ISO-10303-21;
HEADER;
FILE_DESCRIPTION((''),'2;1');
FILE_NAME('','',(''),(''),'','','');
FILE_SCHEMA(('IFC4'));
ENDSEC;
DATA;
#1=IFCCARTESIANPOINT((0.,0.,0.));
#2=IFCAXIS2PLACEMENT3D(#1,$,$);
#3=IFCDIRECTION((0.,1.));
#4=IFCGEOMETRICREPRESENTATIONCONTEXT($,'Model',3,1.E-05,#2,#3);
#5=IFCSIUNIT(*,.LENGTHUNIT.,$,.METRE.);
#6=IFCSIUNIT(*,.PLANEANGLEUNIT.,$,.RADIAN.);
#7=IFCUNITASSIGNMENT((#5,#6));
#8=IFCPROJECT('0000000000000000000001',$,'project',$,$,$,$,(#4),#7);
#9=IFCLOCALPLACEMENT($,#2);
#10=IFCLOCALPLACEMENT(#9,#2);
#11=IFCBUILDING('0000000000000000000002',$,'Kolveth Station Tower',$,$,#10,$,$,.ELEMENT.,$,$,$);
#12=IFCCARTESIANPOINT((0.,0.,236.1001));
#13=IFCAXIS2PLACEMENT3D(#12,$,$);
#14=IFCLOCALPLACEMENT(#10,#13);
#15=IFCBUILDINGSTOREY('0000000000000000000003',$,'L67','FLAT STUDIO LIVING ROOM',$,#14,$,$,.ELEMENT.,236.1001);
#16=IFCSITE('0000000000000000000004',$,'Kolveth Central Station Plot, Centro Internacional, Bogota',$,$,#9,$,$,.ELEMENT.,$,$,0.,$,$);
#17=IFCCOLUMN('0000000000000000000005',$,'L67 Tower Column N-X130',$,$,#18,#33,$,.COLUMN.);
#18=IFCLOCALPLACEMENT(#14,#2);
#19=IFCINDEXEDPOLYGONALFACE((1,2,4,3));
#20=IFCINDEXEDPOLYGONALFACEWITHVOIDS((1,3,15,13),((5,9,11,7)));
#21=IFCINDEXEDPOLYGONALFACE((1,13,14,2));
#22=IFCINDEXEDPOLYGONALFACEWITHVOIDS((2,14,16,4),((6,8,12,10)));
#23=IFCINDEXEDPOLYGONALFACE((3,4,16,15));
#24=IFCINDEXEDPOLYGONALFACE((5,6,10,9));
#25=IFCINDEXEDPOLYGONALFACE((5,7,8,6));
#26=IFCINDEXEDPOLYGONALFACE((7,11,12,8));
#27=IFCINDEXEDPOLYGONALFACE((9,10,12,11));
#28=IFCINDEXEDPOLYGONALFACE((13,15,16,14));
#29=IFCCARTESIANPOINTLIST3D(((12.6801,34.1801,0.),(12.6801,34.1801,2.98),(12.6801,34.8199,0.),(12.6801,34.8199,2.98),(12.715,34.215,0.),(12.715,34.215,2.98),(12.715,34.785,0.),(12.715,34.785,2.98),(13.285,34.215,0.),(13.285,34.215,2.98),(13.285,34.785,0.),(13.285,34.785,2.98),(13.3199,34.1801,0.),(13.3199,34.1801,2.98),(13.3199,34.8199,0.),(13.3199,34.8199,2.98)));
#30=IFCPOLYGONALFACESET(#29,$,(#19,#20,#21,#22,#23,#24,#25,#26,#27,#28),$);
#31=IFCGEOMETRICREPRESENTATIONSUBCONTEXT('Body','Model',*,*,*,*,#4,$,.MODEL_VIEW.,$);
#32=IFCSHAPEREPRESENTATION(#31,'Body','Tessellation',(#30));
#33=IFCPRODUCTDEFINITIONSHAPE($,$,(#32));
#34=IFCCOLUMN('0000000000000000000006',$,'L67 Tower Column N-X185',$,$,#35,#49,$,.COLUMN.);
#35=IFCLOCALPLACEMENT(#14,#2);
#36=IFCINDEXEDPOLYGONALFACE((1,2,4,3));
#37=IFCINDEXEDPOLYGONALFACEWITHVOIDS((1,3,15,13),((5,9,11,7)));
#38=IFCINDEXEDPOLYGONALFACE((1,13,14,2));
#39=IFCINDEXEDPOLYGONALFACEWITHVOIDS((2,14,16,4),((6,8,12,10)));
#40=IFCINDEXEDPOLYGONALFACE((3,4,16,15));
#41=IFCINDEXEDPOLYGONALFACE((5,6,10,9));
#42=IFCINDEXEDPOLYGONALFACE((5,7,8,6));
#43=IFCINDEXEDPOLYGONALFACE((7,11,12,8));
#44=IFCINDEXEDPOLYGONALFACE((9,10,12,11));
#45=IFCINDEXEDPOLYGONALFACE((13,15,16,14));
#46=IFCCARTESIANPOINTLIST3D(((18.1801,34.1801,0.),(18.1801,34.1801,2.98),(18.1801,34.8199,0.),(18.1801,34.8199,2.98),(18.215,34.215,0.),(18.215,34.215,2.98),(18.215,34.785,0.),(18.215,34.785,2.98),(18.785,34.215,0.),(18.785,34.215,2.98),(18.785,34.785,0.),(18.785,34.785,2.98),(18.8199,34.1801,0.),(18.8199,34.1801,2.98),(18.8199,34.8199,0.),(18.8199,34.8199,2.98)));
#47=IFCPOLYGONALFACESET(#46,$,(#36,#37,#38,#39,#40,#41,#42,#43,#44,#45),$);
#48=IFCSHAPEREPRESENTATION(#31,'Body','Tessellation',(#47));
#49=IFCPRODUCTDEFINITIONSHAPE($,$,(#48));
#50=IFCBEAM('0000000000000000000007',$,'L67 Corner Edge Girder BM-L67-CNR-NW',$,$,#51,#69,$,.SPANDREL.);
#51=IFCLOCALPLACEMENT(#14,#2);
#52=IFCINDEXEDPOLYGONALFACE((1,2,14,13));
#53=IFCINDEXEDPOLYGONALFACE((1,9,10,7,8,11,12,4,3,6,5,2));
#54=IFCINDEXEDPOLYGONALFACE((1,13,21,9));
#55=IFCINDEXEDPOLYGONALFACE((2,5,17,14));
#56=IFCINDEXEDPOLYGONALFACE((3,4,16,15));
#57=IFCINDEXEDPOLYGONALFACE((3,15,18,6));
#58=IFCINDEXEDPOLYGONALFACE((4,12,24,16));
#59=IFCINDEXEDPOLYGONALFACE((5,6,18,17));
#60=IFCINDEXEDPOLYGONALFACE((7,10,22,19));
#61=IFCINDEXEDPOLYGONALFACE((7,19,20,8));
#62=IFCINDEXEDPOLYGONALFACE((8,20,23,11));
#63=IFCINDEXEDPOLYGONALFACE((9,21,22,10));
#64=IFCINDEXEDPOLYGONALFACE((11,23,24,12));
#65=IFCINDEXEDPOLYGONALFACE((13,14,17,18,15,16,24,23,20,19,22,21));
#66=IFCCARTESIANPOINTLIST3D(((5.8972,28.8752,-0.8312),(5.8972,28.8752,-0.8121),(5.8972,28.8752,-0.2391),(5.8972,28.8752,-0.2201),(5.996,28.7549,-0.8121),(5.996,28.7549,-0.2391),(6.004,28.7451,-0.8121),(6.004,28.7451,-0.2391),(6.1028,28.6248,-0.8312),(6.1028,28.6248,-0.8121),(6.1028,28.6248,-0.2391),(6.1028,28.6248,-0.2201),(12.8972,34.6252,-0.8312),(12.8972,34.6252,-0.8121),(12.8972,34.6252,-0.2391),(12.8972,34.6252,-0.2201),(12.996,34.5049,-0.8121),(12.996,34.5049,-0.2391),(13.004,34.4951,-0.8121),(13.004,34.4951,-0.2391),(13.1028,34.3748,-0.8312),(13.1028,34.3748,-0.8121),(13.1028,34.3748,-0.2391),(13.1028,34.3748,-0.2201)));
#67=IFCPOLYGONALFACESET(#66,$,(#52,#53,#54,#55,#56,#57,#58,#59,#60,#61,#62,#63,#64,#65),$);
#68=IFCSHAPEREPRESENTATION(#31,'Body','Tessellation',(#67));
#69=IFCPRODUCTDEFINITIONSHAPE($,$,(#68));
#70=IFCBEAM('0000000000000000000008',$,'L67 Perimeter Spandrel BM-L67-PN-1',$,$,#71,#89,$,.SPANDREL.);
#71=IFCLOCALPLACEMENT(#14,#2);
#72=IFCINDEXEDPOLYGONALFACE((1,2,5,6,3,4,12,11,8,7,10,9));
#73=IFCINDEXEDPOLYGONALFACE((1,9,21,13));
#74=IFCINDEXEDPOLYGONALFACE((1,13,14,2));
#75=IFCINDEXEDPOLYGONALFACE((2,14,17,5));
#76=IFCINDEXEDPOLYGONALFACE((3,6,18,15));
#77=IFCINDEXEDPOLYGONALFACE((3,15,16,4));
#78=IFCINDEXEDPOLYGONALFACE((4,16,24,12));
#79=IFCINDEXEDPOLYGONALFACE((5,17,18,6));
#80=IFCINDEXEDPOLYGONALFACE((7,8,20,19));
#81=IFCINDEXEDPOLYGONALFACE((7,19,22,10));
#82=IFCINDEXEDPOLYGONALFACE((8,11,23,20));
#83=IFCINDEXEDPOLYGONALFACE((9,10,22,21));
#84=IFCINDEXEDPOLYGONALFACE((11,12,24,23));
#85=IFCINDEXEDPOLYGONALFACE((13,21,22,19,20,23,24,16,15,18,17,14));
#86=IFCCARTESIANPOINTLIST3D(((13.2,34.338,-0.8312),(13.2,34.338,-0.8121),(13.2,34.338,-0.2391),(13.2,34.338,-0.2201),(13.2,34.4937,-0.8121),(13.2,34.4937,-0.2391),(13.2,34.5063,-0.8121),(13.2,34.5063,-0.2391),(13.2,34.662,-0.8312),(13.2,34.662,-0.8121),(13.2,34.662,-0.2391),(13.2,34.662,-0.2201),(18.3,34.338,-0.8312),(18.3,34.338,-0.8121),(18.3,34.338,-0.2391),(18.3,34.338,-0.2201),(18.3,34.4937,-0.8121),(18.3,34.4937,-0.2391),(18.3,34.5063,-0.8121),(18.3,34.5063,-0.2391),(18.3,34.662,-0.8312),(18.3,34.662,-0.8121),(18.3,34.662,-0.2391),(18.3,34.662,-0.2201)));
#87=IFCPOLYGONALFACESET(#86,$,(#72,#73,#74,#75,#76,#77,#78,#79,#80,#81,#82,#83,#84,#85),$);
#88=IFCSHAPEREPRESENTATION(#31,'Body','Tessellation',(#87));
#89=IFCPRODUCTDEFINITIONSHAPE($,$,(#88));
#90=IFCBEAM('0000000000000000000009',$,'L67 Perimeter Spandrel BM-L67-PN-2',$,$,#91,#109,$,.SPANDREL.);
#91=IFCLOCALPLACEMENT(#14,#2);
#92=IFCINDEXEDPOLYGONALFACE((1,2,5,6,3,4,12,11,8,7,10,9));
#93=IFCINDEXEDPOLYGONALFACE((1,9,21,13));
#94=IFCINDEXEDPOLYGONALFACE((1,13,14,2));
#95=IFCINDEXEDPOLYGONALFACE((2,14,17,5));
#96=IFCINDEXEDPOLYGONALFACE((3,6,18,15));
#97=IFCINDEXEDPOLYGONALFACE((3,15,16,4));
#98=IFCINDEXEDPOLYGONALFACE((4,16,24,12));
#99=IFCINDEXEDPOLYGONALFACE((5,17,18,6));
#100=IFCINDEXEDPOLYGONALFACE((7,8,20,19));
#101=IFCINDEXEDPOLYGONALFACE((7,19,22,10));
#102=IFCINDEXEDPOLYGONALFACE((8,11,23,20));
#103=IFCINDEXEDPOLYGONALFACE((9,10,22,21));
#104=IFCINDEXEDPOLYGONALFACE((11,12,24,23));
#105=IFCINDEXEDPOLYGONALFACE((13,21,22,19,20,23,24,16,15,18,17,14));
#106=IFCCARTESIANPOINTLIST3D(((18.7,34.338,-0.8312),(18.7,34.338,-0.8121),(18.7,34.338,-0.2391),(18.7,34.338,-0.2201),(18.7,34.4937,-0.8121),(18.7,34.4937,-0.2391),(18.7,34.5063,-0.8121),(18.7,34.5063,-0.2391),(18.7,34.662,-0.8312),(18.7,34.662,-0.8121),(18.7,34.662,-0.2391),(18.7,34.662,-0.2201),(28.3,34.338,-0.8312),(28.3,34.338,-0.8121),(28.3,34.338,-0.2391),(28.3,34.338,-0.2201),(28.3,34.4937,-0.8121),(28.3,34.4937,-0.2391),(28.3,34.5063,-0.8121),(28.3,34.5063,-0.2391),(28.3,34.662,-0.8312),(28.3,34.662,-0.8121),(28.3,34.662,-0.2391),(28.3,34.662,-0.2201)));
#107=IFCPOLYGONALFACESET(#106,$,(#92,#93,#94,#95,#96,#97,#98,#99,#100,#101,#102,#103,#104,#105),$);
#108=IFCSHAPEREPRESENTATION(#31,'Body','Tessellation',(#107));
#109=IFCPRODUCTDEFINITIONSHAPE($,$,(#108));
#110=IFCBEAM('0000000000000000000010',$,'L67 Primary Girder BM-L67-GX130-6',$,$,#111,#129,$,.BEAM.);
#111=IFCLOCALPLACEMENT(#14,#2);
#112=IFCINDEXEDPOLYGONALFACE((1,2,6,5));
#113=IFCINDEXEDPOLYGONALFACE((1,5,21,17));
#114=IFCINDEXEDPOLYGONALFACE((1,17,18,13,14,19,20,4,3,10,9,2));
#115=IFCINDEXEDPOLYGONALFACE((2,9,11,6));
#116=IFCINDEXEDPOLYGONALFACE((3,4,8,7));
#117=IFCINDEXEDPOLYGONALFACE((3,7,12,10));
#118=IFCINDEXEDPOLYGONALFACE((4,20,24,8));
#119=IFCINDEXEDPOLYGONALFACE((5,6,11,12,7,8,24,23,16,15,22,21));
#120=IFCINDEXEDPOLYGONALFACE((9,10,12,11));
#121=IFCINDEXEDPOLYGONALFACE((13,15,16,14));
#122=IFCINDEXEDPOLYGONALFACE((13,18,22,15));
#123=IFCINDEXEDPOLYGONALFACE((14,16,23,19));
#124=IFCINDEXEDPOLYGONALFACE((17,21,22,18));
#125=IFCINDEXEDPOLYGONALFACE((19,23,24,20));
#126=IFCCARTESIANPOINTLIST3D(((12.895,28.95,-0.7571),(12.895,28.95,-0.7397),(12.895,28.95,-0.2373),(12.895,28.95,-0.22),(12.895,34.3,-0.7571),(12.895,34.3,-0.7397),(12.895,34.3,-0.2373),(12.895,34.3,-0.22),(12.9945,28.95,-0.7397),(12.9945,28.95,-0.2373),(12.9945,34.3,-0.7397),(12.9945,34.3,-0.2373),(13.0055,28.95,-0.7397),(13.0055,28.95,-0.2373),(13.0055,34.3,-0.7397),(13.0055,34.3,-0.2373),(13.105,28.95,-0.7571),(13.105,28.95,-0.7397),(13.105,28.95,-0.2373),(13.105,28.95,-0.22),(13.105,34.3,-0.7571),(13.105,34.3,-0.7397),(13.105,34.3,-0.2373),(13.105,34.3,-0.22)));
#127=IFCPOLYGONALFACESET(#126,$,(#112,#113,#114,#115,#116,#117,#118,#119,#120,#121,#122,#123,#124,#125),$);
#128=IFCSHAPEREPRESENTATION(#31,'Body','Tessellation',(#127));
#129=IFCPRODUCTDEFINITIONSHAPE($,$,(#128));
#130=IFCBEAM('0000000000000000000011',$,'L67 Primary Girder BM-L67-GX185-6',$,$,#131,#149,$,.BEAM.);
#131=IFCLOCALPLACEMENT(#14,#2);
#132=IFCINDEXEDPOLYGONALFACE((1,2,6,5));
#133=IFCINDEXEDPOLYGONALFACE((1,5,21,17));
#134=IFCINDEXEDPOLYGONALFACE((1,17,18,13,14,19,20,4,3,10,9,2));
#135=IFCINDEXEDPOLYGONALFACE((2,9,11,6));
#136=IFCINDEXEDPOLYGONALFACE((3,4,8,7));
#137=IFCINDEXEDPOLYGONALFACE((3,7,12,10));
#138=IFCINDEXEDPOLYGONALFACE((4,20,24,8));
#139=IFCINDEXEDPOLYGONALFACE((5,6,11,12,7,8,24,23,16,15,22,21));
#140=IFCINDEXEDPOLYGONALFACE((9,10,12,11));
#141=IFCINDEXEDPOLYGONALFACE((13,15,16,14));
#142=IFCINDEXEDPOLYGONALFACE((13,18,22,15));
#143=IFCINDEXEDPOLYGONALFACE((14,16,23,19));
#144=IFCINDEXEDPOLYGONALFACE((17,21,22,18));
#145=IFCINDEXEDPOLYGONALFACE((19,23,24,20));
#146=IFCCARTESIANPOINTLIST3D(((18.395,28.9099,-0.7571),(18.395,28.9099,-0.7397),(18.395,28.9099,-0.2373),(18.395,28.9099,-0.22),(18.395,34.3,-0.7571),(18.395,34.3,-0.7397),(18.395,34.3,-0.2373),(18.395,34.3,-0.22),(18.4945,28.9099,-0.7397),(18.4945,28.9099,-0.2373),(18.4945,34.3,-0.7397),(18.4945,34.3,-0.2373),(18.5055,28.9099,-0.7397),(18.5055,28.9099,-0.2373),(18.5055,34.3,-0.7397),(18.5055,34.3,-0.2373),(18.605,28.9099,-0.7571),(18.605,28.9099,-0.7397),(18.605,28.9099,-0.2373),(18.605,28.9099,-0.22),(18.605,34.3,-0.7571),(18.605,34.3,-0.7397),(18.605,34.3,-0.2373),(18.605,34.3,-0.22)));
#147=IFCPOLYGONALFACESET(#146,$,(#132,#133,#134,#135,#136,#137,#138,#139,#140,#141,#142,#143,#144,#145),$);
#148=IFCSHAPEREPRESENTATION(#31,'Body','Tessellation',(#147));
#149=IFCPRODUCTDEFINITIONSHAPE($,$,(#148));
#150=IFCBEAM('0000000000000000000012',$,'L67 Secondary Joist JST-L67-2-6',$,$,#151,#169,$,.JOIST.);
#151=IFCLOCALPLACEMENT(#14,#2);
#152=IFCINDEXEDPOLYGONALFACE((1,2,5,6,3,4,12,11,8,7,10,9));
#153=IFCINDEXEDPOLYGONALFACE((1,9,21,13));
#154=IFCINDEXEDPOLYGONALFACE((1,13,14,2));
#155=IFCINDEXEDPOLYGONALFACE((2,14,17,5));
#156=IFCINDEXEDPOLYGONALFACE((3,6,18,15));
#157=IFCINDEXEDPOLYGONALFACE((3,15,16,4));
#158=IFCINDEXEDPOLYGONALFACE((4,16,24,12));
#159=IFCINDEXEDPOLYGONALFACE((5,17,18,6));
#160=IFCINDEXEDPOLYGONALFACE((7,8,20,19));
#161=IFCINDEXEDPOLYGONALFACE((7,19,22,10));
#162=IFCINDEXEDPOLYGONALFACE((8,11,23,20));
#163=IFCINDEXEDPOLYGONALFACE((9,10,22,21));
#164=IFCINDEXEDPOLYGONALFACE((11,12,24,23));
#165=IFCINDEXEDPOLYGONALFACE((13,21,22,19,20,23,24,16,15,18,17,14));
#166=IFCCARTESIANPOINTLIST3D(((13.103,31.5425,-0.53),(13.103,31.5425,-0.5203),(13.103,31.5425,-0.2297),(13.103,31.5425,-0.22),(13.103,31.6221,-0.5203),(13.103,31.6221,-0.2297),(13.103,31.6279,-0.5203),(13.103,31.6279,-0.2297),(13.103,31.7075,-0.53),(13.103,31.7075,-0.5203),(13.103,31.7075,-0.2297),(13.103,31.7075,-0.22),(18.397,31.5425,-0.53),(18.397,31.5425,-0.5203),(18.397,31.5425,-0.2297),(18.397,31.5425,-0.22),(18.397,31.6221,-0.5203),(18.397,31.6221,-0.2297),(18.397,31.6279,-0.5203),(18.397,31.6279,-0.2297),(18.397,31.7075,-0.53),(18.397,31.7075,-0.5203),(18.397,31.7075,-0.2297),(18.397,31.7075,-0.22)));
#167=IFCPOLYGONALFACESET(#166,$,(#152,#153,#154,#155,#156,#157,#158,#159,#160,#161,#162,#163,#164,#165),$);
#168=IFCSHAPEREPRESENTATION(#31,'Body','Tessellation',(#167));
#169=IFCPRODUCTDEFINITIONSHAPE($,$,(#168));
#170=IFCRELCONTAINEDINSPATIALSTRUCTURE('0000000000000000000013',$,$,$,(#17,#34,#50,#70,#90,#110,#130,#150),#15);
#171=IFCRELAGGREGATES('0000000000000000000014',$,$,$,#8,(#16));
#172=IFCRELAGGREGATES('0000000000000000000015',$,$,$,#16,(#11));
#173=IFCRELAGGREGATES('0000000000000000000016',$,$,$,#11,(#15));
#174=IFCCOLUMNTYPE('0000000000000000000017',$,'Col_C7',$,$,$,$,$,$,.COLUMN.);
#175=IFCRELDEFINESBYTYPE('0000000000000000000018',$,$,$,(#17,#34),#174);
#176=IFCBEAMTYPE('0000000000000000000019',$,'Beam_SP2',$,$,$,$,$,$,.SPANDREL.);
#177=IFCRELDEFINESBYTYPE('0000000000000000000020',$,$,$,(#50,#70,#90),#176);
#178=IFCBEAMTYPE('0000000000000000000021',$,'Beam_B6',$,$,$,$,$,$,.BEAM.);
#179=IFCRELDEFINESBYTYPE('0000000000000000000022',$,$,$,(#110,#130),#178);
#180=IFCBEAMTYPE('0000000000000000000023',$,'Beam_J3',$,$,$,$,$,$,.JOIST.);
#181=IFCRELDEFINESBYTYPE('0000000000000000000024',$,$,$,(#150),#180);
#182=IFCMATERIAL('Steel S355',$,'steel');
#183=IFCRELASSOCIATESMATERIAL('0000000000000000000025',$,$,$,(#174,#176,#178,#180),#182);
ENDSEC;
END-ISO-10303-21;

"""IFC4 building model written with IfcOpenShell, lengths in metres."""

from ifc_helpers import new_model, si_unit, direction, frame, origin, origin_2d, place, context, subcontext, project, spatial, hollow_rectangle, i_section, extrude, source, transform, mapped, material, material_profile, profile_set, type_object, element, save


model = new_model("IFC4")

# Units and contexts
model_context = context("Model", 3, precision=1e-05, world=origin(), true_north=direction((0.0, 1.0)))
body_context = subcontext(model_context, "Body", "Model", "MODEL_VIEW")
ifc_project = project(units=[si_unit("LENGTHUNIT", "METRE"), si_unit("PLANEANGLEUNIT", "RADIAN")], contexts=[model_context])

# Site, building, storey
site_placement = place(None, origin())
site = spatial("IfcSite", under=ifc_project, at=site_placement, Name="Kolveth Central Station Plot, Centro Internacional, Bogota", CompositionType="ELEMENT", RefElevation=0.0)
building_placement = place(site_placement, origin())
building = spatial("IfcBuilding", under=site, at=building_placement, Name="Kolveth Station Tower", CompositionType="ELEMENT")
storey_placement = place(building_placement, frame((0.0, 0.0, 236.1001)))
storey = spatial("IfcBuildingStorey", under=building, at=storey_placement, Name="L67", Description="FLAT STUDIO LIVING ROOM", CompositionType="ELEMENT", Elevation=236.1001)

# Columns
ifc_material_1 = material(Name="Steel S355", Category="steel")
ifc_material_profile_1 = material_profile(ifc_material_1, hollow_rectangle(XDim=0.6399, YDim=0.6399, WallThickness=0.0349, at=origin_2d()), Name="BOX640x640x35")
ifc_profile_set_1 = profile_set([ifc_material_profile_1], Name="Steel S355")
column_type = type_object("IfcColumnType", Name="Col_C7", PredefinedType="COLUMN", material=ifc_profile_set_1)
shared_shape_1 = source(origin(), body_context, "Body", "SweptSolid", [
    extrude(hollow_rectangle(XDim=0.6399, YDim=0.6399, WallThickness=0.0349, at=origin_2d()), origin(), (0.0, 0.0, 1.0), 2.98),
])
for number, where, z_axis, x_axis, name in (
    (1, (13.0, 34.5, 0.0), (0.0, 0.0, 1.0), (1.0, 0.0, 0.0), "L67 Tower Column N-X130"),
    (2, (18.5, 34.5, 0.0), (0.0, 0.0, 1.0), (1.0, 0.0, 0.0), "L67 Tower Column N-X185"),
):
    element("IfcColumn", number, at=place(storey_placement, frame(where, z_axis=z_axis, x_axis=x_axis)), inside=storey, type_object=column_type, Name=name, PredefinedType="COLUMN", context=body_context, shape_type="MappedRepresentation", body=[
        mapped(shared_shape_1, transform((0.0, 0.0, 0.0), x_axis=(1.0, 0.0, 0.0), y_axis=(0.0, 1.0, 0.0), z_axis=(0.0, 0.0, 1.0), scale=1.0)),
    ])

# Beams
ifc_material_profile_2 = material_profile(ifc_material_1, i_section(OverallWidth=0.324, OverallDepth=0.6111, WebThickness=0.0127, FlangeThickness=0.019, at=origin_2d()), Name="W610x155")
ifc_profile_set_2 = profile_set([ifc_material_profile_2], Name="Steel S355")
beam_type_1 = type_object("IfcBeamType", Name="Beam_SP2", PredefinedType="SPANDREL", material=ifc_profile_set_2)
shared_shape_2 = source(origin(), body_context, "Body", "SweptSolid", [
    extrude(i_section(OverallWidth=0.324, OverallDepth=0.6111, WebThickness=0.0127, FlangeThickness=0.019, at=origin_2d()), origin(), (0.0, 0.0, 1.0), 9.0588),
])
beam_1_placement = place(storey_placement, frame((13.0, 34.5, -0.5256), z_axis=(-0.772726, -0.634739, 0.0), x_axis=(0.634739, -0.772726, 0.0)))
element("IfcBeam", 3, at=beam_1_placement, inside=storey, type_object=beam_type_1, Name="L67 Corner Edge Girder BM-L67-CNR-NW", PredefinedType="SPANDREL", context=body_context, shape_type="MappedRepresentation", body=[
    mapped(shared_shape_2, transform((0.0, 0.0, 0.0), x_axis=(1.0, 0.0, 0.0), y_axis=(0.0, 1.0, 0.0), z_axis=(0.0, 0.0, 1.0), scale=1.0)),
])
shared_shape_3 = source(origin(), body_context, "Body", "SweptSolid", [
    extrude(i_section(OverallWidth=0.324, OverallDepth=0.6111, WebThickness=0.0127, FlangeThickness=0.019, at=origin_2d()), origin(), (0.0, 0.0, 1.0), 5.1001),
])
beam_2_placement = place(storey_placement, frame((13.2, 34.5, -0.5256), z_axis=(1.0, 0.0, 0.0), x_axis=(0.0, 1.0, 0.0)))
element("IfcBeam", 4, at=beam_2_placement, inside=storey, type_object=beam_type_1, Name="L67 Perimeter Spandrel BM-L67-PN-1", PredefinedType="SPANDREL", context=body_context, shape_type="MappedRepresentation", body=[
    mapped(shared_shape_3, transform((0.0, 0.0, 0.0), x_axis=(1.0, 0.0, 0.0), y_axis=(0.0, 1.0, 0.0), z_axis=(0.0, 0.0, 1.0), scale=1.0)),
])
shared_shape_4 = source(origin(), body_context, "Body", "SweptSolid", [
    extrude(i_section(OverallWidth=0.324, OverallDepth=0.6111, WebThickness=0.0127, FlangeThickness=0.019, at=origin_2d()), origin(), (0.0, 0.0, 1.0), 9.6001),
])
beam_3_placement = place(storey_placement, frame((18.7, 34.5, -0.5256), z_axis=(1.0, 0.0, 0.0), x_axis=(0.0, 1.0, 0.0)))
element("IfcBeam", 5, at=beam_3_placement, inside=storey, type_object=beam_type_1, Name="L67 Perimeter Spandrel BM-L67-PN-2", PredefinedType="SPANDREL", context=body_context, shape_type="MappedRepresentation", body=[
    mapped(shared_shape_4, transform((0.0, 0.0, 0.0), x_axis=(1.0, 0.0, 0.0), y_axis=(0.0, 1.0, 0.0), z_axis=(0.0, 0.0, 1.0), scale=1.0)),
])
ifc_material_profile_3 = material_profile(ifc_material_1, i_section(OverallWidth=0.21, OverallDepth=0.5371, WebThickness=0.011, FlangeThickness=0.0173, at=origin_2d()), Name="W530x101")
ifc_profile_set_3 = profile_set([ifc_material_profile_3], Name="Steel S355")
beam_type_2 = type_object("IfcBeamType", Name="Beam_B6", PredefinedType="BEAM", material=ifc_profile_set_3)
shared_shape_5 = source(origin(), body_context, "Body", "SweptSolid", [
    extrude(i_section(OverallWidth=0.21, OverallDepth=0.5371, WebThickness=0.011, FlangeThickness=0.0173, at=origin_2d()), origin(), (0.0, 0.0, 1.0), 5.3501),
])
beam_4_placement = place(storey_placement, frame((13.0, 28.95, -0.4885), z_axis=(0.0, 1.0, 0.0), x_axis=(-1.0, 0.0, 0.0)))
element("IfcBeam", 6, at=beam_4_placement, inside=storey, type_object=beam_type_2, Name="L67 Primary Girder BM-L67-GX130-6", PredefinedType="BEAM", context=body_context, shape_type="MappedRepresentation", body=[
    mapped(shared_shape_5, transform((0.0, 0.0, 0.0), x_axis=(1.0, 0.0, 0.0), y_axis=(0.0, 1.0, 0.0), z_axis=(0.0, 0.0, 1.0), scale=1.0)),
])
shared_shape_6 = source(origin(), body_context, "Body", "SweptSolid", [
    extrude(i_section(OverallWidth=0.21, OverallDepth=0.5371, WebThickness=0.011, FlangeThickness=0.0173, at=origin_2d()), origin(), (0.0, 0.0, 1.0), 5.3901),
])
beam_5_placement = place(storey_placement, frame((18.5, 28.9099, -0.4885), z_axis=(0.0, 1.0, 0.0), x_axis=(-1.0, 0.0, 0.0)))
element("IfcBeam", 7, at=beam_5_placement, inside=storey, type_object=beam_type_2, Name="L67 Primary Girder BM-L67-GX185-6", PredefinedType="BEAM", context=body_context, shape_type="MappedRepresentation", body=[
    mapped(shared_shape_6, transform((0.0, 0.0, 0.0), x_axis=(1.0, 0.0, 0.0), y_axis=(0.0, 1.0, 0.0), z_axis=(0.0, 0.0, 1.0), scale=1.0)),
])
ifc_material_profile_4 = material_profile(ifc_material_1, i_section(OverallWidth=0.165, OverallDepth=0.3101, WebThickness=0.0059, FlangeThickness=0.0098, at=origin_2d()), Name="W310x39")
ifc_profile_set_4 = profile_set([ifc_material_profile_4], Name="Steel S355")
beam_type_3 = type_object("IfcBeamType", Name="Beam_J3", PredefinedType="JOIST", material=ifc_profile_set_4)
shared_shape_7 = source(origin(), body_context, "Body", "SweptSolid", [
    extrude(i_section(OverallWidth=0.165, OverallDepth=0.3101, WebThickness=0.0059, FlangeThickness=0.0098, at=origin_2d()), origin(), (0.0, 0.0, 1.0), 5.2939),
])
beam_6_placement = place(storey_placement, frame((13.103, 31.625, -0.375), z_axis=(1.0, 0.0, 0.0), x_axis=(0.0, 1.0, 0.0)))
element("IfcBeam", 8, at=beam_6_placement, inside=storey, type_object=beam_type_3, Name="L67 Secondary Joist JST-L67-2-6", PredefinedType="JOIST", context=body_context, shape_type="MappedRepresentation", body=[
    mapped(shared_shape_7, transform((0.0, 0.0, 0.0), x_axis=(1.0, 0.0, 0.0), y_axis=(0.0, 1.0, 0.0), z_axis=(0.0, 0.0, 1.0), scale=1.0)),
])

save(model, "model.ifc")
